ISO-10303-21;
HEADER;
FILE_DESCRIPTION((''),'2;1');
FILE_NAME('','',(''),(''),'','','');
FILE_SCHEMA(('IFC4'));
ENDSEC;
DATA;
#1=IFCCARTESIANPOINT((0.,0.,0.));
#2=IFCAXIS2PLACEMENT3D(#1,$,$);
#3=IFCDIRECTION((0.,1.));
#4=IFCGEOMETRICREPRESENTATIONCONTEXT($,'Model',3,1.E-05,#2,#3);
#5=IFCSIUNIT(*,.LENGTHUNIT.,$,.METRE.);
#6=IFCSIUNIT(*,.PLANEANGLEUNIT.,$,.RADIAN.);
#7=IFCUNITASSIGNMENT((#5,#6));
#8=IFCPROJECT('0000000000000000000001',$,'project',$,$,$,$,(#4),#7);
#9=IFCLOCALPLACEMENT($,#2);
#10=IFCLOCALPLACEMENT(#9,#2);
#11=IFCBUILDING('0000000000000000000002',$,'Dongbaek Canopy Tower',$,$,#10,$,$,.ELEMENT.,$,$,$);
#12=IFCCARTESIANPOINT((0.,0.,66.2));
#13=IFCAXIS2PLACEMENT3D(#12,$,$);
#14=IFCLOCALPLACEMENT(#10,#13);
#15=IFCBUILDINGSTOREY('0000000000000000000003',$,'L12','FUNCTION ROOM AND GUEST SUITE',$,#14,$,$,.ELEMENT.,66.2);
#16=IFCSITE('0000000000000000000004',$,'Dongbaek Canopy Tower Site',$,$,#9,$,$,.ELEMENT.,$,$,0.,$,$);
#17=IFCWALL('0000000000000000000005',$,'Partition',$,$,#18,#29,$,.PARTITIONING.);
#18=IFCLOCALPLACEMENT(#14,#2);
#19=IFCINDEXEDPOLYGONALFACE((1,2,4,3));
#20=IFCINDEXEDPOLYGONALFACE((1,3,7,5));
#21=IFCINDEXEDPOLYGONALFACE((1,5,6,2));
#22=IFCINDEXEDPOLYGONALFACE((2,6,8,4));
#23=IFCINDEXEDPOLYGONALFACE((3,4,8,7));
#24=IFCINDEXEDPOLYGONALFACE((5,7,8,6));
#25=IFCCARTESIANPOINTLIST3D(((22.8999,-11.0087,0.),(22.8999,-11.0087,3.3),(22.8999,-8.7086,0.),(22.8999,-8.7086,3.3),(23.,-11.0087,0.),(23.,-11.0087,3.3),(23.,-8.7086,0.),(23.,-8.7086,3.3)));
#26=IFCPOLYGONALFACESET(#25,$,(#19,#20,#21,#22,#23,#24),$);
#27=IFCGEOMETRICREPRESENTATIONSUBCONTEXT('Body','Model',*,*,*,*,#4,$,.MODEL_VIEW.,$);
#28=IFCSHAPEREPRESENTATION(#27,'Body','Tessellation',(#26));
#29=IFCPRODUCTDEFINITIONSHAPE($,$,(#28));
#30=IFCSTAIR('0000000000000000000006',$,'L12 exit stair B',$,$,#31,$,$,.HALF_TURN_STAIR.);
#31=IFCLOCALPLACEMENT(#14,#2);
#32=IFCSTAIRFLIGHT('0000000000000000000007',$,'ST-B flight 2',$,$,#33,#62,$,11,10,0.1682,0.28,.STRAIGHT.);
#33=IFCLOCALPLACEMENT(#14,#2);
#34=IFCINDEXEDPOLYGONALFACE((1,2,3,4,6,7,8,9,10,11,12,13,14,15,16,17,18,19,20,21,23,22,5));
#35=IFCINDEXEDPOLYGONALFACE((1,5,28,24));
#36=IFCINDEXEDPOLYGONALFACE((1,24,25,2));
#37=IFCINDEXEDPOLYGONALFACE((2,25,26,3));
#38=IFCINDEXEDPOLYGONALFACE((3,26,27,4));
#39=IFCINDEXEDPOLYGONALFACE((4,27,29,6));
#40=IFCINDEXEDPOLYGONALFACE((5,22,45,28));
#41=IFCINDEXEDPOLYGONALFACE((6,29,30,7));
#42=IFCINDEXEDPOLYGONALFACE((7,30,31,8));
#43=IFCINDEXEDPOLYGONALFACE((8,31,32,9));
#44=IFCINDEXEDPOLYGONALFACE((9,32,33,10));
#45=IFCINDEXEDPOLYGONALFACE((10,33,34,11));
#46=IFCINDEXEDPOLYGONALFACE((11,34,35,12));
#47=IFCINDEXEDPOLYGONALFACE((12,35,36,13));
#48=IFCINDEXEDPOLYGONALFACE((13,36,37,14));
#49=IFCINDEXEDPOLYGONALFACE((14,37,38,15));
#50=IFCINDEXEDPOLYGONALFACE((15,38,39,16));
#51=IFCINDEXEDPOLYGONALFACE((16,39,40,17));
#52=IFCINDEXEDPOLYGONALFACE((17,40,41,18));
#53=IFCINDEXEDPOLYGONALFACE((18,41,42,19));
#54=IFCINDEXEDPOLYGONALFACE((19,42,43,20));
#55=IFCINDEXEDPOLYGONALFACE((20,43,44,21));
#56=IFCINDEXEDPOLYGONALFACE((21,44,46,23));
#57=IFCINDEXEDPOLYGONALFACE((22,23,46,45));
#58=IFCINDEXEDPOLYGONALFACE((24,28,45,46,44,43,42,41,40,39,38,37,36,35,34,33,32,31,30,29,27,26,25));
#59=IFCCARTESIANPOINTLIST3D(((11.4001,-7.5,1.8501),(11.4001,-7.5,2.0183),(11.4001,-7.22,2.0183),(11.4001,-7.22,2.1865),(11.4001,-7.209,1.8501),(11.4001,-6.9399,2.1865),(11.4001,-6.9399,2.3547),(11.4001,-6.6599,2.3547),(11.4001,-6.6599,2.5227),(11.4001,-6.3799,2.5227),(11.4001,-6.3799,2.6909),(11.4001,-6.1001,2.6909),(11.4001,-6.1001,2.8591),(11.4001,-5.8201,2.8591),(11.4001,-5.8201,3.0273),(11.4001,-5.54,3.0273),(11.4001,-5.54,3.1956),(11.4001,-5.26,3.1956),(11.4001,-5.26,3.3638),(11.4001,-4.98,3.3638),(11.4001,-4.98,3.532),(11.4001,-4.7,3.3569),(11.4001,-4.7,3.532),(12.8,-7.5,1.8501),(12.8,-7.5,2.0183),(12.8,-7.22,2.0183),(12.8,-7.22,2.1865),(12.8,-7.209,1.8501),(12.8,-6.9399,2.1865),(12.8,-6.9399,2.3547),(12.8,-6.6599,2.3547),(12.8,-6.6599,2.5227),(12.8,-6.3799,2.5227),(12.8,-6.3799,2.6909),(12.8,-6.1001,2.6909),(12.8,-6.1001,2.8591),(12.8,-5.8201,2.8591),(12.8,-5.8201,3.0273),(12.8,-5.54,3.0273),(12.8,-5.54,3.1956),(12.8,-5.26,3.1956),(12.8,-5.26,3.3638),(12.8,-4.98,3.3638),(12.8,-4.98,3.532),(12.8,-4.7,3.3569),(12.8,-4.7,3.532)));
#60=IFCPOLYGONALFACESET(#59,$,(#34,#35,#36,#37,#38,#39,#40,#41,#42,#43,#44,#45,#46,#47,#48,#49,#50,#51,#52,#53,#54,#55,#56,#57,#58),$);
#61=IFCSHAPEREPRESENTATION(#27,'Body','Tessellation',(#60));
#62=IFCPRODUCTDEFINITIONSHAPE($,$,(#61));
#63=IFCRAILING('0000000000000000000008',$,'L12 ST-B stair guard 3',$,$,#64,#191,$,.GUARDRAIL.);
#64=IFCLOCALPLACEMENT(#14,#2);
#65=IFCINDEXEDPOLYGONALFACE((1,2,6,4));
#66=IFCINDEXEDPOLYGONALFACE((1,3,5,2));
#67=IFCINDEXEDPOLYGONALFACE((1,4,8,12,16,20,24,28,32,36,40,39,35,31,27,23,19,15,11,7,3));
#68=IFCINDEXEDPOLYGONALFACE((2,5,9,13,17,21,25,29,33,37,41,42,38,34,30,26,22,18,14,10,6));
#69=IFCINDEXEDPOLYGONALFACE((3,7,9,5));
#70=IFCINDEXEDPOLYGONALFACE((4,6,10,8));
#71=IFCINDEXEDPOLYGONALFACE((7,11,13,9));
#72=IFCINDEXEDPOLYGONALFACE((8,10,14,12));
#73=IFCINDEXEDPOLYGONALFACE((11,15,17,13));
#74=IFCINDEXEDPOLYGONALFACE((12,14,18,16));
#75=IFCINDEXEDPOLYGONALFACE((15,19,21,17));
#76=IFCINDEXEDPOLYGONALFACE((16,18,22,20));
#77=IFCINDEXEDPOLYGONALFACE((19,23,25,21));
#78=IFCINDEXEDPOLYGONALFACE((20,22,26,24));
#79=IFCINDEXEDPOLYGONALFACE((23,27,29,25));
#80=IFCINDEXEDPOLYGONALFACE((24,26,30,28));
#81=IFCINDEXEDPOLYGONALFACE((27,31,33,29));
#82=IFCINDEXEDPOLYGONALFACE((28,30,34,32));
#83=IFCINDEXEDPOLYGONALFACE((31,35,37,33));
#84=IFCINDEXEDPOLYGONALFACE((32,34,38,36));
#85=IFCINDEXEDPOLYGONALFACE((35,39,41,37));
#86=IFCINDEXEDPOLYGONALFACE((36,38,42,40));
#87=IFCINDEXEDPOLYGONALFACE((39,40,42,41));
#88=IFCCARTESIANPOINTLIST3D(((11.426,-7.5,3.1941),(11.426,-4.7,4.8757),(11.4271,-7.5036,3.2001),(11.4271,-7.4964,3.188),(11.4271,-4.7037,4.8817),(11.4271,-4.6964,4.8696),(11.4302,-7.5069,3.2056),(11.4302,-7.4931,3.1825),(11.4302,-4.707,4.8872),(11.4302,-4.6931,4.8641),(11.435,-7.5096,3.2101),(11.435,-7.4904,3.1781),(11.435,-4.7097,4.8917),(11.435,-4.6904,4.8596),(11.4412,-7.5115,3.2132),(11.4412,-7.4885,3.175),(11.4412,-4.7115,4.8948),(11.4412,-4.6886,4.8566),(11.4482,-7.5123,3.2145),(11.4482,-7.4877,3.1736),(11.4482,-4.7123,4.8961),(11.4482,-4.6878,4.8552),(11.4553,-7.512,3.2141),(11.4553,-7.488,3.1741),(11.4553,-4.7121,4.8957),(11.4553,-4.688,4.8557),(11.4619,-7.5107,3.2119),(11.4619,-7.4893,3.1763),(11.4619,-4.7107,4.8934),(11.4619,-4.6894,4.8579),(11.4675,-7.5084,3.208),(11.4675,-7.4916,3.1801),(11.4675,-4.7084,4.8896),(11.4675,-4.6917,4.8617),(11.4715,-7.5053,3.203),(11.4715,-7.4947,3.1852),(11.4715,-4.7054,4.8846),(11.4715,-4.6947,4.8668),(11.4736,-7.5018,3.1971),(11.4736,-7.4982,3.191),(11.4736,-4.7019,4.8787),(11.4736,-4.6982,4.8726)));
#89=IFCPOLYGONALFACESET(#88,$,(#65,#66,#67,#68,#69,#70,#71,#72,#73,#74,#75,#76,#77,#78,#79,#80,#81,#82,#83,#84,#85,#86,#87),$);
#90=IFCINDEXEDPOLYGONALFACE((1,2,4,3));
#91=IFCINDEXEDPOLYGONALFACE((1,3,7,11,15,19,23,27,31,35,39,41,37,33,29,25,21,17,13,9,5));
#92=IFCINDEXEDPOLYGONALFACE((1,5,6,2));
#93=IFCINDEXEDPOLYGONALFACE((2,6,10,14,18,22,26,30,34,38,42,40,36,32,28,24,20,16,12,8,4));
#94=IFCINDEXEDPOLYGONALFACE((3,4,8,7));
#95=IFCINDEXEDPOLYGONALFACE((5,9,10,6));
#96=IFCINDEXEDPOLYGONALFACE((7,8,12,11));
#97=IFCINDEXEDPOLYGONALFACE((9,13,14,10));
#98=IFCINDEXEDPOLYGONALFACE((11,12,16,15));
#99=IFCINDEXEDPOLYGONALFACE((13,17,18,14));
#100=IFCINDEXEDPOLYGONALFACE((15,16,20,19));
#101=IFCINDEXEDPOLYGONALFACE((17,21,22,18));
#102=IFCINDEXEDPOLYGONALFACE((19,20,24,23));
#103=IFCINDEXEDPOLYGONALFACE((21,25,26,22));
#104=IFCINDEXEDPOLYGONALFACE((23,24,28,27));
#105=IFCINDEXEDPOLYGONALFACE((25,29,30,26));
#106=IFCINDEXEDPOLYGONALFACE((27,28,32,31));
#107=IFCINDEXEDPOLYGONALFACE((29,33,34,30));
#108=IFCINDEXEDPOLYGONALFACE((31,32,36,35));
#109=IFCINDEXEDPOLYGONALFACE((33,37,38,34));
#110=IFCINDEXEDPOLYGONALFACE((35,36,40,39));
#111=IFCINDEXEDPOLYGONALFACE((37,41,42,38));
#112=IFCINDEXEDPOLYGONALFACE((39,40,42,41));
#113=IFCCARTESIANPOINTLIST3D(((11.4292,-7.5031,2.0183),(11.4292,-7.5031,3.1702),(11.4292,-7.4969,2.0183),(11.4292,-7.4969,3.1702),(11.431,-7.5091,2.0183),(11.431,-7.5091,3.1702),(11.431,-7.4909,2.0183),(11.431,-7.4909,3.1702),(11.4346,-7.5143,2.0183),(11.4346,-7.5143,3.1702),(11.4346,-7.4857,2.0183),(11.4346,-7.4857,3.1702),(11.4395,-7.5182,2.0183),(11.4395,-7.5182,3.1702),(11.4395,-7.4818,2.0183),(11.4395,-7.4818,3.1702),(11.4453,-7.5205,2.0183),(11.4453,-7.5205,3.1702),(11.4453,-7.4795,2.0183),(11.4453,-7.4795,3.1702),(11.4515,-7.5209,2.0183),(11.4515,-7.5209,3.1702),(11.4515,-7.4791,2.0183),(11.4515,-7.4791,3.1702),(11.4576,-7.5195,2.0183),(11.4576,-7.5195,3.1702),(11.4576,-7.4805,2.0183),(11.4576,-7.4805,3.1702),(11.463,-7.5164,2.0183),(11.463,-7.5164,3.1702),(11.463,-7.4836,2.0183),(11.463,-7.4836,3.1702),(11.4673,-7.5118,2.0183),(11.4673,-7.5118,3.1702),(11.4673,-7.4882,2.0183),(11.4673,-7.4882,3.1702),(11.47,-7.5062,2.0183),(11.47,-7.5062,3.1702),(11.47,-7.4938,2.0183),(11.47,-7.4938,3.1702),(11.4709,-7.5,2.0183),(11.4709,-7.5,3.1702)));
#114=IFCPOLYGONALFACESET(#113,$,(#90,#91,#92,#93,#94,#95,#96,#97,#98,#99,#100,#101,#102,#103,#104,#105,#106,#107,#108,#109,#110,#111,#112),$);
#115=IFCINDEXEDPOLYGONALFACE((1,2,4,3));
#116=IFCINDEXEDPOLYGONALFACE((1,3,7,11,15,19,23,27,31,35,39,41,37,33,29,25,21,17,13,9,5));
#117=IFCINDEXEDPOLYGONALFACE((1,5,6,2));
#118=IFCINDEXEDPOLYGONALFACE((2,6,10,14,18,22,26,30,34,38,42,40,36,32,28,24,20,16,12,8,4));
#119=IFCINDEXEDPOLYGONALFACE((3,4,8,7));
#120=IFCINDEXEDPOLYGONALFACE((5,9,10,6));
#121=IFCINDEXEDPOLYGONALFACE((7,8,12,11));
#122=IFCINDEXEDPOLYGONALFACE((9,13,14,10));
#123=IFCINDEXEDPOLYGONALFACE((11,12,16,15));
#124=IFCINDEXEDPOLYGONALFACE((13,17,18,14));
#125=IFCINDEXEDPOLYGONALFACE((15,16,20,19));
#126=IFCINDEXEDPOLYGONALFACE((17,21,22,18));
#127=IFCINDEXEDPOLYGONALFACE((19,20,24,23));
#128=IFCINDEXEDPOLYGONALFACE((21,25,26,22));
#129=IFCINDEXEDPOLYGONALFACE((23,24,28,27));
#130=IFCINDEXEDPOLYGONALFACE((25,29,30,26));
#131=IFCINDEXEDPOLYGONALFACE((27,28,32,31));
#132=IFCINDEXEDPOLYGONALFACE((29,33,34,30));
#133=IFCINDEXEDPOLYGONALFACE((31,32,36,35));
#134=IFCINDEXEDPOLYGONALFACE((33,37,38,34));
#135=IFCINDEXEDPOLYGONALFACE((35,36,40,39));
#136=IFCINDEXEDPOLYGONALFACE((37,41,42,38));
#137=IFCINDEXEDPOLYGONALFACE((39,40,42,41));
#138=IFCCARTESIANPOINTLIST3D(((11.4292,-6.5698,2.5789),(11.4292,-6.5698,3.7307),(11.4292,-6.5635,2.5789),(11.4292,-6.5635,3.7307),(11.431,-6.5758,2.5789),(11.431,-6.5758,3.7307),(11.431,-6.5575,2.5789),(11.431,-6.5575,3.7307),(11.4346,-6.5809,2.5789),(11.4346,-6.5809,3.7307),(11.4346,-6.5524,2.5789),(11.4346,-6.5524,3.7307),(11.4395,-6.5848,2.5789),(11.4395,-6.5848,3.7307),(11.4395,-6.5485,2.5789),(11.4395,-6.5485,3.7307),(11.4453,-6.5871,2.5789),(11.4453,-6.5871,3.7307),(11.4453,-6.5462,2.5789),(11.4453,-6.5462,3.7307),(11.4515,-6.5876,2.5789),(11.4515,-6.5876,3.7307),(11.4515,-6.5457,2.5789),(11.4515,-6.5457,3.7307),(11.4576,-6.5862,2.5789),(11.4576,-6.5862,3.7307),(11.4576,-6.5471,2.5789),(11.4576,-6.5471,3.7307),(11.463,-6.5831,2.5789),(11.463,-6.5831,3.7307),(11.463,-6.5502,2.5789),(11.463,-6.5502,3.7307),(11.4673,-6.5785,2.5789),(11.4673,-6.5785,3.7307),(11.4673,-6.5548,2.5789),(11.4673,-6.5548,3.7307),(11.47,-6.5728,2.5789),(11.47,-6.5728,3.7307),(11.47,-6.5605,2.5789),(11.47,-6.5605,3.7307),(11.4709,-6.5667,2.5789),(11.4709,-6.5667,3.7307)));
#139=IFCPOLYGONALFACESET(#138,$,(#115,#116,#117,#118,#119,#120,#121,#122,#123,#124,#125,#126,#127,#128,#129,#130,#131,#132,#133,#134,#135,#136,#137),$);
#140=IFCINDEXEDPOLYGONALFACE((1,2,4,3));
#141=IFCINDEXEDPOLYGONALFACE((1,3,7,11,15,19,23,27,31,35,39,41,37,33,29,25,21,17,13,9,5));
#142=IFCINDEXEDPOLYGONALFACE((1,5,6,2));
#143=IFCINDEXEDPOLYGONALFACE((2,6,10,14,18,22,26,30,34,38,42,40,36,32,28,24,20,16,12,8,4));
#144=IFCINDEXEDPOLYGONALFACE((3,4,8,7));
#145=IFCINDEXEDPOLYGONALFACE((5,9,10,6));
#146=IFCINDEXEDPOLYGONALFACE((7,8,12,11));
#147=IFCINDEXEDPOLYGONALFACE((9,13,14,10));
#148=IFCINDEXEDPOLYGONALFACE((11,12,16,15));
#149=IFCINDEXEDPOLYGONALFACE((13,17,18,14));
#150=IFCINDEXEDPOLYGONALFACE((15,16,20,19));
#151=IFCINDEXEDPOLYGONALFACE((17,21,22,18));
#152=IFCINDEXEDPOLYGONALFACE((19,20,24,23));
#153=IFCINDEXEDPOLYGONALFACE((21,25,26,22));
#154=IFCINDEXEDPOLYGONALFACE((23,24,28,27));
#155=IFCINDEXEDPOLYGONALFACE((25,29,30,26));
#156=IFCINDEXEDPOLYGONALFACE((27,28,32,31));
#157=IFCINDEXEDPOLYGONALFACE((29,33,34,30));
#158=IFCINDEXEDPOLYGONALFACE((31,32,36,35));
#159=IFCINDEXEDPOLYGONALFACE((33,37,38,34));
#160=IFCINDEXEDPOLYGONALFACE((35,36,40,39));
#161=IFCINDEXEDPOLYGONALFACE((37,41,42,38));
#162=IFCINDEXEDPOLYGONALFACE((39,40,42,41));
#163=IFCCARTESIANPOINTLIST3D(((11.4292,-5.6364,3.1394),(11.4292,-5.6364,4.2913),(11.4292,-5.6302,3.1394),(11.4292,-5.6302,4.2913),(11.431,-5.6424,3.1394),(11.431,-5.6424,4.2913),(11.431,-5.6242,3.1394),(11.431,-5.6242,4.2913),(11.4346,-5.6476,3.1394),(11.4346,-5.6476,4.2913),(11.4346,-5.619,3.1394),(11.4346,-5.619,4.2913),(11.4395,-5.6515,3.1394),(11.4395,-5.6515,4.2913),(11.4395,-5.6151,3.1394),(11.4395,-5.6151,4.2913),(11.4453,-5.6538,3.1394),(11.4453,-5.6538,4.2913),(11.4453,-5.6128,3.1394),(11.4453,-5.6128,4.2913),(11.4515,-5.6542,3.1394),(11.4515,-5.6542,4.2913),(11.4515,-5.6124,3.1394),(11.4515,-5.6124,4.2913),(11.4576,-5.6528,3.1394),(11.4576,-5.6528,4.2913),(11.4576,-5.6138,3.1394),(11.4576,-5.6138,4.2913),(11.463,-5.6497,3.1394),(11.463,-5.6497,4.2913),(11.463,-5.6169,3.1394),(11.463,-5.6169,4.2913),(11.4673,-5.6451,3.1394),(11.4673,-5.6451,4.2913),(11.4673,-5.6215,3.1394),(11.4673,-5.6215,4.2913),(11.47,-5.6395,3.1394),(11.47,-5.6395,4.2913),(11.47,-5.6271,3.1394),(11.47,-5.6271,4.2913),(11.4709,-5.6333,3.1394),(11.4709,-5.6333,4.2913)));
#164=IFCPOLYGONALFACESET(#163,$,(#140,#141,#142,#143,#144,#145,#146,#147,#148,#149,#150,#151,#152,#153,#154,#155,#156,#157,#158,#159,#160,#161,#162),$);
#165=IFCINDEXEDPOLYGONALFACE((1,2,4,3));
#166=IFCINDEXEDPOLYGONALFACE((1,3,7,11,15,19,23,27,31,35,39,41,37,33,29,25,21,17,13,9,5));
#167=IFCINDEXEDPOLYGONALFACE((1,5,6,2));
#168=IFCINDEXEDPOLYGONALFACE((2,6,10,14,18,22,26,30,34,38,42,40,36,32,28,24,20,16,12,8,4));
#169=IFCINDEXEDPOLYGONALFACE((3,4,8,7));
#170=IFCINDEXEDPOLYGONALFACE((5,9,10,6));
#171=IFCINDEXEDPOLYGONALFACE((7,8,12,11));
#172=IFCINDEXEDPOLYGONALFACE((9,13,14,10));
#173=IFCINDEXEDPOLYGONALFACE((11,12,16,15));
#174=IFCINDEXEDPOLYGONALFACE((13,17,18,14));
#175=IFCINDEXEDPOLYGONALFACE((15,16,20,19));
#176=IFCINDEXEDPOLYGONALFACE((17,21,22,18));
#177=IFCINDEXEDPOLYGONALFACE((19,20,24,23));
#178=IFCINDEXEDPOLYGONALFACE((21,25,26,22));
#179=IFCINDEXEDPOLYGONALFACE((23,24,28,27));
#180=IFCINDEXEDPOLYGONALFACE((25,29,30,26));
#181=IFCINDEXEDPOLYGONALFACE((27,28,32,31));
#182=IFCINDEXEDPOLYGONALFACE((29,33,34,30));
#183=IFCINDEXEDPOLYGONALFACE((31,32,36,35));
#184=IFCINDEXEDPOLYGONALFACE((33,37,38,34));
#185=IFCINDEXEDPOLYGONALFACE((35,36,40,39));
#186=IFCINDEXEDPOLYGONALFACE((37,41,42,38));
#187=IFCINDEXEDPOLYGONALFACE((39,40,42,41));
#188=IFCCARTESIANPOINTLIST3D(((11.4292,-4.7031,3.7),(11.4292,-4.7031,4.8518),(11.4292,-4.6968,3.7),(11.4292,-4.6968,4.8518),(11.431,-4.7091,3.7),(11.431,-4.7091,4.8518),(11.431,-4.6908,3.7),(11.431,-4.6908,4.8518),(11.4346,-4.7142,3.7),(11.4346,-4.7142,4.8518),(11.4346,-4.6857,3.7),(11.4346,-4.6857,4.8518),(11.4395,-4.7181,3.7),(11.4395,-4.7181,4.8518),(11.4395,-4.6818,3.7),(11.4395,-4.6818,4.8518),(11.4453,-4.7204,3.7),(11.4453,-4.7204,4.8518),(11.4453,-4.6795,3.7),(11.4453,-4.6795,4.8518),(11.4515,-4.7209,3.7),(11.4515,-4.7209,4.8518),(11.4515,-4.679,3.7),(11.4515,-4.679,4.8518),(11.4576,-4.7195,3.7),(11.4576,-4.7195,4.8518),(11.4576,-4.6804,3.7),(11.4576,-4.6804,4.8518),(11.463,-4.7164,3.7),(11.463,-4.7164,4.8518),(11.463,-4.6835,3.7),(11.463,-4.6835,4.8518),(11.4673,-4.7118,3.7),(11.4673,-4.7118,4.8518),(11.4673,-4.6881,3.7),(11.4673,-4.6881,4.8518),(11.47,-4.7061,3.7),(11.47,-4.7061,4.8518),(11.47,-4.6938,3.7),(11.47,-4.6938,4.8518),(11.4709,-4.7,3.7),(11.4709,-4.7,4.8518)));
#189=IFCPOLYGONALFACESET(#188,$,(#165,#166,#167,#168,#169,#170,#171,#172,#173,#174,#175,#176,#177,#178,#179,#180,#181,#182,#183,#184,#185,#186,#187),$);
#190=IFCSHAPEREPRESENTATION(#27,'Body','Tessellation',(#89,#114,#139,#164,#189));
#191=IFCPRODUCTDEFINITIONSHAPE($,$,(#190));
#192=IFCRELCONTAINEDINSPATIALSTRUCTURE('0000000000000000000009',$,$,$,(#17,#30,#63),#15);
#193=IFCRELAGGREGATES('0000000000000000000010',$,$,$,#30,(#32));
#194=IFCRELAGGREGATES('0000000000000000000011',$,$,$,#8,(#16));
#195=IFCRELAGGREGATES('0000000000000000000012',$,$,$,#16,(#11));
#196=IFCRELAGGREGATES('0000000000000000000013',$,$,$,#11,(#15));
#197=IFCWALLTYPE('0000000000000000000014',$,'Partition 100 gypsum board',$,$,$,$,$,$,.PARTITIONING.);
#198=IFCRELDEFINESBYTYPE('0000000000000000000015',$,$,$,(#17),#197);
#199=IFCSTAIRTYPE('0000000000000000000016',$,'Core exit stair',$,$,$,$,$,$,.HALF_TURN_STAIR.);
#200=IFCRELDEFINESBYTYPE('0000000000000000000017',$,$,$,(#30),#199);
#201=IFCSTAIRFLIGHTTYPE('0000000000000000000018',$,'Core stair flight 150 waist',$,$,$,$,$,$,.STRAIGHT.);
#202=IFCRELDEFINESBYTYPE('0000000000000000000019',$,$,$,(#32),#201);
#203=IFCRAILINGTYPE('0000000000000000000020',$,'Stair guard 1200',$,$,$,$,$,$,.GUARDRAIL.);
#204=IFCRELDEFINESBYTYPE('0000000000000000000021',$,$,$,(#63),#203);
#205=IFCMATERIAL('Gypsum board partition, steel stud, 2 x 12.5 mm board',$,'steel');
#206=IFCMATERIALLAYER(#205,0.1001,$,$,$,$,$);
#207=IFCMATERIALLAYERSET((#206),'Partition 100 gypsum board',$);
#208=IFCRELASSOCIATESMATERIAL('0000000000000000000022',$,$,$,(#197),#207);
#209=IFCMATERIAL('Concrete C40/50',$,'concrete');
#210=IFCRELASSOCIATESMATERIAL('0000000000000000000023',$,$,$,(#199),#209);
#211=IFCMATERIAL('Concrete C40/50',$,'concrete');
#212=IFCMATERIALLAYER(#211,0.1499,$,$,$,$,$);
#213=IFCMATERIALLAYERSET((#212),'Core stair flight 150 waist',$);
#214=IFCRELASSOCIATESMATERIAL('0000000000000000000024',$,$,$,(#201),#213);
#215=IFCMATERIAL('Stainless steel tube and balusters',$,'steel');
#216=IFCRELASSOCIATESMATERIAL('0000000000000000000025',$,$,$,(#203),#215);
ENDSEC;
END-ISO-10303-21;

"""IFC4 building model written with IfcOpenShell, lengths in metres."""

from ifc_helpers import new_model, si_unit, direction, frame, frame_2d, origin, origin_2d, place, context, subcontext, project, spatial, polyline, rectangle, circle, outline, extrude, material, layer, layer_set, type_object, element, aggregate, save


model = new_model("IFC4")

# Units and contexts
model_context = context("Model", 3, precision=1e-05, world=origin(), true_north=direction((0.0, 1.0)))
body_context = subcontext(model_context, "Body", "Model", "MODEL_VIEW")
ifc_project = project(units=[si_unit("LENGTHUNIT", "METRE"), si_unit("PLANEANGLEUNIT", "RADIAN")], contexts=[model_context])

# Site, building, storey
site_placement = place(None, origin())
site = spatial("IfcSite", under=ifc_project, at=site_placement, Name="Dongbaek Canopy Tower Site", CompositionType="ELEMENT", RefElevation=0.0)
building_placement = place(site_placement, origin())
building = spatial("IfcBuilding", under=site, at=building_placement, Name="Dongbaek Canopy Tower", CompositionType="ELEMENT")
storey_placement = place(building_placement, frame((0.0, 0.0, 66.2)))
storey = spatial("IfcBuildingStorey", under=building, at=storey_placement, Name="L12", Description="FUNCTION ROOM AND GUEST SUITE", CompositionType="ELEMENT", Elevation=66.2)

# Shared definitions
ifc_material_1 = material(Name="Gypsum board partition, steel stud, 2 x 12.5 mm board", Category="steel")
ifc_layer_1 = layer(ifc_material_1, 0.1001)
ifc_layer_set_1 = layer_set([ifc_layer_1], Name="Partition 100 gypsum board")
wall_type_1 = type_object("IfcWallType", Name="Partition 100 gypsum board", PredefinedType="PARTITIONING", material=ifc_layer_set_1)

# Wall
wall_1_placement = place(storey_placement, frame((22.95, -11.0085, 0.0), z_axis=(0.0, 0.0, 1.0), x_axis=(0.0, 1.0, 0.0)))
element("IfcWall", 1, at=wall_1_placement, inside=storey, type_object=wall_type_1, Name="Partition", PredefinedType="PARTITIONING", context=body_context, shape_type="SweptSolid", body=[
    extrude(rectangle(XDim=2.3, YDim=0.1001, at=frame_2d((1.1499, 0.0))), origin(), (0.0, 0.0, 1.0), 3.3),
])

# Stair, stair flight
ifc_material_2 = material(Name="Concrete C40/50", Category="concrete")
stair_type = type_object("IfcStairType", Name="Core exit stair", PredefinedType="HALF_TURN_STAIR", material=ifc_material_2)
stair_placement = place(storey_placement, origin())
stair = element("IfcStair", 2, at=stair_placement, inside=storey, type_object=stair_type, Name="L12 exit stair B", PredefinedType="HALF_TURN_STAIR")
ifc_material_3 = material(Name="Concrete C40/50", Category="concrete")
ifc_layer_2 = layer(ifc_material_3, 0.1499)
ifc_layer_set_2 = layer_set([ifc_layer_2], Name="Core stair flight 150 waist")
stair_flight_type = type_object("IfcStairFlightType", Name="Core stair flight 150 waist", PredefinedType="STRAIGHT", material=ifc_layer_set_2)
stair_flight_placement = place(storey_placement, frame((12.1001, -7.5, 1.8501), z_axis=(0.0, 0.0, 1.0), x_axis=(0.0, 1.0, 0.0)))
stair_flight = element("IfcStairFlight", 3, at=stair_flight_placement, type_object=stair_flight_type, Name="ST-B flight 2", NumberOfRisers=11, NumberOfTreads=10, PredefinedType="STRAIGHT", RiserHeight=0.1682, TreadLength=0.28, context=body_context, shape_type="SweptSolid", body=[
    extrude(outline(polyline([(0.0, 0.0), (0.0, 0.1682), (0.28, 0.1682), (0.28, 0.3364), (0.5601, 0.3364), (0.5601, 0.5046), (0.8401, 0.5046), (0.8401, 0.6726), (1.1201, 0.6726), (1.1201, 0.8408), (1.3999, 0.8408), (1.3999, 1.009), (1.6799, 1.009), (1.6799, 1.1772), (1.96, 1.1772), (1.96, 1.3455), (2.24, 1.3455), (2.24, 1.5137), (2.52, 1.5137), (2.52, 1.6819), (2.8, 1.6819), (2.8, 1.8501), (2.8, 1.5068), (0.291, 0.0), (0.0, 0.0)])), frame((0.0, 0.7, 0.0), z_axis=(0.0, -1.0, 0.0), x_axis=(1.0, 0.0, 0.0)), (0.0, 0.0, 1.0), 1.3999),
])
aggregate(stair, [stair_flight])

# Railing
ifc_material_4 = material(Name="Stainless steel tube and balusters", Category="steel")
railing_type_1 = type_object("IfcRailingType", Name="Stair guard 1200", PredefinedType="GUARDRAIL", material=ifc_material_4)
railing_1_placement = place(storey_placement, frame((11.45, -7.5, 2.0183)))
element("IfcRailing", 4, at=railing_1_placement, inside=storey, type_object=railing_type_1, Name="L12 ST-B stair guard 3", PredefinedType="GUARDRAIL", context=body_context, shape_type="SweptSolid", body=[
    extrude(circle(Radius=0.0239, at=origin_2d()), frame((0.0, 0.0, 1.1758), z_axis=(0.0, 0.857275, 0.514858), x_axis=(-1.0, 0.0, 0.0)), (0.0, 0.0, 1.0), 3.2661),
    extrude(circle(Radius=0.021, at=origin_2d()), origin(), (0.0, 0.0, 1.0), 1.1519),
    extrude(circle(Radius=0.021, at=origin_2d()), frame((0.0, 0.9333, 0.5605)), (0.0, 0.0, 1.0), 1.1519),
    extrude(circle(Radius=0.021, at=origin_2d()), frame((0.0, 1.8667, 1.1211)), (0.0, 0.0, 1.0), 1.1519),
    extrude(circle(Radius=0.021, at=origin_2d()), frame((0.0, 2.8, 1.6816)), (0.0, 0.0, 1.0), 1.1519),
])

save(model, "model.ifc")
